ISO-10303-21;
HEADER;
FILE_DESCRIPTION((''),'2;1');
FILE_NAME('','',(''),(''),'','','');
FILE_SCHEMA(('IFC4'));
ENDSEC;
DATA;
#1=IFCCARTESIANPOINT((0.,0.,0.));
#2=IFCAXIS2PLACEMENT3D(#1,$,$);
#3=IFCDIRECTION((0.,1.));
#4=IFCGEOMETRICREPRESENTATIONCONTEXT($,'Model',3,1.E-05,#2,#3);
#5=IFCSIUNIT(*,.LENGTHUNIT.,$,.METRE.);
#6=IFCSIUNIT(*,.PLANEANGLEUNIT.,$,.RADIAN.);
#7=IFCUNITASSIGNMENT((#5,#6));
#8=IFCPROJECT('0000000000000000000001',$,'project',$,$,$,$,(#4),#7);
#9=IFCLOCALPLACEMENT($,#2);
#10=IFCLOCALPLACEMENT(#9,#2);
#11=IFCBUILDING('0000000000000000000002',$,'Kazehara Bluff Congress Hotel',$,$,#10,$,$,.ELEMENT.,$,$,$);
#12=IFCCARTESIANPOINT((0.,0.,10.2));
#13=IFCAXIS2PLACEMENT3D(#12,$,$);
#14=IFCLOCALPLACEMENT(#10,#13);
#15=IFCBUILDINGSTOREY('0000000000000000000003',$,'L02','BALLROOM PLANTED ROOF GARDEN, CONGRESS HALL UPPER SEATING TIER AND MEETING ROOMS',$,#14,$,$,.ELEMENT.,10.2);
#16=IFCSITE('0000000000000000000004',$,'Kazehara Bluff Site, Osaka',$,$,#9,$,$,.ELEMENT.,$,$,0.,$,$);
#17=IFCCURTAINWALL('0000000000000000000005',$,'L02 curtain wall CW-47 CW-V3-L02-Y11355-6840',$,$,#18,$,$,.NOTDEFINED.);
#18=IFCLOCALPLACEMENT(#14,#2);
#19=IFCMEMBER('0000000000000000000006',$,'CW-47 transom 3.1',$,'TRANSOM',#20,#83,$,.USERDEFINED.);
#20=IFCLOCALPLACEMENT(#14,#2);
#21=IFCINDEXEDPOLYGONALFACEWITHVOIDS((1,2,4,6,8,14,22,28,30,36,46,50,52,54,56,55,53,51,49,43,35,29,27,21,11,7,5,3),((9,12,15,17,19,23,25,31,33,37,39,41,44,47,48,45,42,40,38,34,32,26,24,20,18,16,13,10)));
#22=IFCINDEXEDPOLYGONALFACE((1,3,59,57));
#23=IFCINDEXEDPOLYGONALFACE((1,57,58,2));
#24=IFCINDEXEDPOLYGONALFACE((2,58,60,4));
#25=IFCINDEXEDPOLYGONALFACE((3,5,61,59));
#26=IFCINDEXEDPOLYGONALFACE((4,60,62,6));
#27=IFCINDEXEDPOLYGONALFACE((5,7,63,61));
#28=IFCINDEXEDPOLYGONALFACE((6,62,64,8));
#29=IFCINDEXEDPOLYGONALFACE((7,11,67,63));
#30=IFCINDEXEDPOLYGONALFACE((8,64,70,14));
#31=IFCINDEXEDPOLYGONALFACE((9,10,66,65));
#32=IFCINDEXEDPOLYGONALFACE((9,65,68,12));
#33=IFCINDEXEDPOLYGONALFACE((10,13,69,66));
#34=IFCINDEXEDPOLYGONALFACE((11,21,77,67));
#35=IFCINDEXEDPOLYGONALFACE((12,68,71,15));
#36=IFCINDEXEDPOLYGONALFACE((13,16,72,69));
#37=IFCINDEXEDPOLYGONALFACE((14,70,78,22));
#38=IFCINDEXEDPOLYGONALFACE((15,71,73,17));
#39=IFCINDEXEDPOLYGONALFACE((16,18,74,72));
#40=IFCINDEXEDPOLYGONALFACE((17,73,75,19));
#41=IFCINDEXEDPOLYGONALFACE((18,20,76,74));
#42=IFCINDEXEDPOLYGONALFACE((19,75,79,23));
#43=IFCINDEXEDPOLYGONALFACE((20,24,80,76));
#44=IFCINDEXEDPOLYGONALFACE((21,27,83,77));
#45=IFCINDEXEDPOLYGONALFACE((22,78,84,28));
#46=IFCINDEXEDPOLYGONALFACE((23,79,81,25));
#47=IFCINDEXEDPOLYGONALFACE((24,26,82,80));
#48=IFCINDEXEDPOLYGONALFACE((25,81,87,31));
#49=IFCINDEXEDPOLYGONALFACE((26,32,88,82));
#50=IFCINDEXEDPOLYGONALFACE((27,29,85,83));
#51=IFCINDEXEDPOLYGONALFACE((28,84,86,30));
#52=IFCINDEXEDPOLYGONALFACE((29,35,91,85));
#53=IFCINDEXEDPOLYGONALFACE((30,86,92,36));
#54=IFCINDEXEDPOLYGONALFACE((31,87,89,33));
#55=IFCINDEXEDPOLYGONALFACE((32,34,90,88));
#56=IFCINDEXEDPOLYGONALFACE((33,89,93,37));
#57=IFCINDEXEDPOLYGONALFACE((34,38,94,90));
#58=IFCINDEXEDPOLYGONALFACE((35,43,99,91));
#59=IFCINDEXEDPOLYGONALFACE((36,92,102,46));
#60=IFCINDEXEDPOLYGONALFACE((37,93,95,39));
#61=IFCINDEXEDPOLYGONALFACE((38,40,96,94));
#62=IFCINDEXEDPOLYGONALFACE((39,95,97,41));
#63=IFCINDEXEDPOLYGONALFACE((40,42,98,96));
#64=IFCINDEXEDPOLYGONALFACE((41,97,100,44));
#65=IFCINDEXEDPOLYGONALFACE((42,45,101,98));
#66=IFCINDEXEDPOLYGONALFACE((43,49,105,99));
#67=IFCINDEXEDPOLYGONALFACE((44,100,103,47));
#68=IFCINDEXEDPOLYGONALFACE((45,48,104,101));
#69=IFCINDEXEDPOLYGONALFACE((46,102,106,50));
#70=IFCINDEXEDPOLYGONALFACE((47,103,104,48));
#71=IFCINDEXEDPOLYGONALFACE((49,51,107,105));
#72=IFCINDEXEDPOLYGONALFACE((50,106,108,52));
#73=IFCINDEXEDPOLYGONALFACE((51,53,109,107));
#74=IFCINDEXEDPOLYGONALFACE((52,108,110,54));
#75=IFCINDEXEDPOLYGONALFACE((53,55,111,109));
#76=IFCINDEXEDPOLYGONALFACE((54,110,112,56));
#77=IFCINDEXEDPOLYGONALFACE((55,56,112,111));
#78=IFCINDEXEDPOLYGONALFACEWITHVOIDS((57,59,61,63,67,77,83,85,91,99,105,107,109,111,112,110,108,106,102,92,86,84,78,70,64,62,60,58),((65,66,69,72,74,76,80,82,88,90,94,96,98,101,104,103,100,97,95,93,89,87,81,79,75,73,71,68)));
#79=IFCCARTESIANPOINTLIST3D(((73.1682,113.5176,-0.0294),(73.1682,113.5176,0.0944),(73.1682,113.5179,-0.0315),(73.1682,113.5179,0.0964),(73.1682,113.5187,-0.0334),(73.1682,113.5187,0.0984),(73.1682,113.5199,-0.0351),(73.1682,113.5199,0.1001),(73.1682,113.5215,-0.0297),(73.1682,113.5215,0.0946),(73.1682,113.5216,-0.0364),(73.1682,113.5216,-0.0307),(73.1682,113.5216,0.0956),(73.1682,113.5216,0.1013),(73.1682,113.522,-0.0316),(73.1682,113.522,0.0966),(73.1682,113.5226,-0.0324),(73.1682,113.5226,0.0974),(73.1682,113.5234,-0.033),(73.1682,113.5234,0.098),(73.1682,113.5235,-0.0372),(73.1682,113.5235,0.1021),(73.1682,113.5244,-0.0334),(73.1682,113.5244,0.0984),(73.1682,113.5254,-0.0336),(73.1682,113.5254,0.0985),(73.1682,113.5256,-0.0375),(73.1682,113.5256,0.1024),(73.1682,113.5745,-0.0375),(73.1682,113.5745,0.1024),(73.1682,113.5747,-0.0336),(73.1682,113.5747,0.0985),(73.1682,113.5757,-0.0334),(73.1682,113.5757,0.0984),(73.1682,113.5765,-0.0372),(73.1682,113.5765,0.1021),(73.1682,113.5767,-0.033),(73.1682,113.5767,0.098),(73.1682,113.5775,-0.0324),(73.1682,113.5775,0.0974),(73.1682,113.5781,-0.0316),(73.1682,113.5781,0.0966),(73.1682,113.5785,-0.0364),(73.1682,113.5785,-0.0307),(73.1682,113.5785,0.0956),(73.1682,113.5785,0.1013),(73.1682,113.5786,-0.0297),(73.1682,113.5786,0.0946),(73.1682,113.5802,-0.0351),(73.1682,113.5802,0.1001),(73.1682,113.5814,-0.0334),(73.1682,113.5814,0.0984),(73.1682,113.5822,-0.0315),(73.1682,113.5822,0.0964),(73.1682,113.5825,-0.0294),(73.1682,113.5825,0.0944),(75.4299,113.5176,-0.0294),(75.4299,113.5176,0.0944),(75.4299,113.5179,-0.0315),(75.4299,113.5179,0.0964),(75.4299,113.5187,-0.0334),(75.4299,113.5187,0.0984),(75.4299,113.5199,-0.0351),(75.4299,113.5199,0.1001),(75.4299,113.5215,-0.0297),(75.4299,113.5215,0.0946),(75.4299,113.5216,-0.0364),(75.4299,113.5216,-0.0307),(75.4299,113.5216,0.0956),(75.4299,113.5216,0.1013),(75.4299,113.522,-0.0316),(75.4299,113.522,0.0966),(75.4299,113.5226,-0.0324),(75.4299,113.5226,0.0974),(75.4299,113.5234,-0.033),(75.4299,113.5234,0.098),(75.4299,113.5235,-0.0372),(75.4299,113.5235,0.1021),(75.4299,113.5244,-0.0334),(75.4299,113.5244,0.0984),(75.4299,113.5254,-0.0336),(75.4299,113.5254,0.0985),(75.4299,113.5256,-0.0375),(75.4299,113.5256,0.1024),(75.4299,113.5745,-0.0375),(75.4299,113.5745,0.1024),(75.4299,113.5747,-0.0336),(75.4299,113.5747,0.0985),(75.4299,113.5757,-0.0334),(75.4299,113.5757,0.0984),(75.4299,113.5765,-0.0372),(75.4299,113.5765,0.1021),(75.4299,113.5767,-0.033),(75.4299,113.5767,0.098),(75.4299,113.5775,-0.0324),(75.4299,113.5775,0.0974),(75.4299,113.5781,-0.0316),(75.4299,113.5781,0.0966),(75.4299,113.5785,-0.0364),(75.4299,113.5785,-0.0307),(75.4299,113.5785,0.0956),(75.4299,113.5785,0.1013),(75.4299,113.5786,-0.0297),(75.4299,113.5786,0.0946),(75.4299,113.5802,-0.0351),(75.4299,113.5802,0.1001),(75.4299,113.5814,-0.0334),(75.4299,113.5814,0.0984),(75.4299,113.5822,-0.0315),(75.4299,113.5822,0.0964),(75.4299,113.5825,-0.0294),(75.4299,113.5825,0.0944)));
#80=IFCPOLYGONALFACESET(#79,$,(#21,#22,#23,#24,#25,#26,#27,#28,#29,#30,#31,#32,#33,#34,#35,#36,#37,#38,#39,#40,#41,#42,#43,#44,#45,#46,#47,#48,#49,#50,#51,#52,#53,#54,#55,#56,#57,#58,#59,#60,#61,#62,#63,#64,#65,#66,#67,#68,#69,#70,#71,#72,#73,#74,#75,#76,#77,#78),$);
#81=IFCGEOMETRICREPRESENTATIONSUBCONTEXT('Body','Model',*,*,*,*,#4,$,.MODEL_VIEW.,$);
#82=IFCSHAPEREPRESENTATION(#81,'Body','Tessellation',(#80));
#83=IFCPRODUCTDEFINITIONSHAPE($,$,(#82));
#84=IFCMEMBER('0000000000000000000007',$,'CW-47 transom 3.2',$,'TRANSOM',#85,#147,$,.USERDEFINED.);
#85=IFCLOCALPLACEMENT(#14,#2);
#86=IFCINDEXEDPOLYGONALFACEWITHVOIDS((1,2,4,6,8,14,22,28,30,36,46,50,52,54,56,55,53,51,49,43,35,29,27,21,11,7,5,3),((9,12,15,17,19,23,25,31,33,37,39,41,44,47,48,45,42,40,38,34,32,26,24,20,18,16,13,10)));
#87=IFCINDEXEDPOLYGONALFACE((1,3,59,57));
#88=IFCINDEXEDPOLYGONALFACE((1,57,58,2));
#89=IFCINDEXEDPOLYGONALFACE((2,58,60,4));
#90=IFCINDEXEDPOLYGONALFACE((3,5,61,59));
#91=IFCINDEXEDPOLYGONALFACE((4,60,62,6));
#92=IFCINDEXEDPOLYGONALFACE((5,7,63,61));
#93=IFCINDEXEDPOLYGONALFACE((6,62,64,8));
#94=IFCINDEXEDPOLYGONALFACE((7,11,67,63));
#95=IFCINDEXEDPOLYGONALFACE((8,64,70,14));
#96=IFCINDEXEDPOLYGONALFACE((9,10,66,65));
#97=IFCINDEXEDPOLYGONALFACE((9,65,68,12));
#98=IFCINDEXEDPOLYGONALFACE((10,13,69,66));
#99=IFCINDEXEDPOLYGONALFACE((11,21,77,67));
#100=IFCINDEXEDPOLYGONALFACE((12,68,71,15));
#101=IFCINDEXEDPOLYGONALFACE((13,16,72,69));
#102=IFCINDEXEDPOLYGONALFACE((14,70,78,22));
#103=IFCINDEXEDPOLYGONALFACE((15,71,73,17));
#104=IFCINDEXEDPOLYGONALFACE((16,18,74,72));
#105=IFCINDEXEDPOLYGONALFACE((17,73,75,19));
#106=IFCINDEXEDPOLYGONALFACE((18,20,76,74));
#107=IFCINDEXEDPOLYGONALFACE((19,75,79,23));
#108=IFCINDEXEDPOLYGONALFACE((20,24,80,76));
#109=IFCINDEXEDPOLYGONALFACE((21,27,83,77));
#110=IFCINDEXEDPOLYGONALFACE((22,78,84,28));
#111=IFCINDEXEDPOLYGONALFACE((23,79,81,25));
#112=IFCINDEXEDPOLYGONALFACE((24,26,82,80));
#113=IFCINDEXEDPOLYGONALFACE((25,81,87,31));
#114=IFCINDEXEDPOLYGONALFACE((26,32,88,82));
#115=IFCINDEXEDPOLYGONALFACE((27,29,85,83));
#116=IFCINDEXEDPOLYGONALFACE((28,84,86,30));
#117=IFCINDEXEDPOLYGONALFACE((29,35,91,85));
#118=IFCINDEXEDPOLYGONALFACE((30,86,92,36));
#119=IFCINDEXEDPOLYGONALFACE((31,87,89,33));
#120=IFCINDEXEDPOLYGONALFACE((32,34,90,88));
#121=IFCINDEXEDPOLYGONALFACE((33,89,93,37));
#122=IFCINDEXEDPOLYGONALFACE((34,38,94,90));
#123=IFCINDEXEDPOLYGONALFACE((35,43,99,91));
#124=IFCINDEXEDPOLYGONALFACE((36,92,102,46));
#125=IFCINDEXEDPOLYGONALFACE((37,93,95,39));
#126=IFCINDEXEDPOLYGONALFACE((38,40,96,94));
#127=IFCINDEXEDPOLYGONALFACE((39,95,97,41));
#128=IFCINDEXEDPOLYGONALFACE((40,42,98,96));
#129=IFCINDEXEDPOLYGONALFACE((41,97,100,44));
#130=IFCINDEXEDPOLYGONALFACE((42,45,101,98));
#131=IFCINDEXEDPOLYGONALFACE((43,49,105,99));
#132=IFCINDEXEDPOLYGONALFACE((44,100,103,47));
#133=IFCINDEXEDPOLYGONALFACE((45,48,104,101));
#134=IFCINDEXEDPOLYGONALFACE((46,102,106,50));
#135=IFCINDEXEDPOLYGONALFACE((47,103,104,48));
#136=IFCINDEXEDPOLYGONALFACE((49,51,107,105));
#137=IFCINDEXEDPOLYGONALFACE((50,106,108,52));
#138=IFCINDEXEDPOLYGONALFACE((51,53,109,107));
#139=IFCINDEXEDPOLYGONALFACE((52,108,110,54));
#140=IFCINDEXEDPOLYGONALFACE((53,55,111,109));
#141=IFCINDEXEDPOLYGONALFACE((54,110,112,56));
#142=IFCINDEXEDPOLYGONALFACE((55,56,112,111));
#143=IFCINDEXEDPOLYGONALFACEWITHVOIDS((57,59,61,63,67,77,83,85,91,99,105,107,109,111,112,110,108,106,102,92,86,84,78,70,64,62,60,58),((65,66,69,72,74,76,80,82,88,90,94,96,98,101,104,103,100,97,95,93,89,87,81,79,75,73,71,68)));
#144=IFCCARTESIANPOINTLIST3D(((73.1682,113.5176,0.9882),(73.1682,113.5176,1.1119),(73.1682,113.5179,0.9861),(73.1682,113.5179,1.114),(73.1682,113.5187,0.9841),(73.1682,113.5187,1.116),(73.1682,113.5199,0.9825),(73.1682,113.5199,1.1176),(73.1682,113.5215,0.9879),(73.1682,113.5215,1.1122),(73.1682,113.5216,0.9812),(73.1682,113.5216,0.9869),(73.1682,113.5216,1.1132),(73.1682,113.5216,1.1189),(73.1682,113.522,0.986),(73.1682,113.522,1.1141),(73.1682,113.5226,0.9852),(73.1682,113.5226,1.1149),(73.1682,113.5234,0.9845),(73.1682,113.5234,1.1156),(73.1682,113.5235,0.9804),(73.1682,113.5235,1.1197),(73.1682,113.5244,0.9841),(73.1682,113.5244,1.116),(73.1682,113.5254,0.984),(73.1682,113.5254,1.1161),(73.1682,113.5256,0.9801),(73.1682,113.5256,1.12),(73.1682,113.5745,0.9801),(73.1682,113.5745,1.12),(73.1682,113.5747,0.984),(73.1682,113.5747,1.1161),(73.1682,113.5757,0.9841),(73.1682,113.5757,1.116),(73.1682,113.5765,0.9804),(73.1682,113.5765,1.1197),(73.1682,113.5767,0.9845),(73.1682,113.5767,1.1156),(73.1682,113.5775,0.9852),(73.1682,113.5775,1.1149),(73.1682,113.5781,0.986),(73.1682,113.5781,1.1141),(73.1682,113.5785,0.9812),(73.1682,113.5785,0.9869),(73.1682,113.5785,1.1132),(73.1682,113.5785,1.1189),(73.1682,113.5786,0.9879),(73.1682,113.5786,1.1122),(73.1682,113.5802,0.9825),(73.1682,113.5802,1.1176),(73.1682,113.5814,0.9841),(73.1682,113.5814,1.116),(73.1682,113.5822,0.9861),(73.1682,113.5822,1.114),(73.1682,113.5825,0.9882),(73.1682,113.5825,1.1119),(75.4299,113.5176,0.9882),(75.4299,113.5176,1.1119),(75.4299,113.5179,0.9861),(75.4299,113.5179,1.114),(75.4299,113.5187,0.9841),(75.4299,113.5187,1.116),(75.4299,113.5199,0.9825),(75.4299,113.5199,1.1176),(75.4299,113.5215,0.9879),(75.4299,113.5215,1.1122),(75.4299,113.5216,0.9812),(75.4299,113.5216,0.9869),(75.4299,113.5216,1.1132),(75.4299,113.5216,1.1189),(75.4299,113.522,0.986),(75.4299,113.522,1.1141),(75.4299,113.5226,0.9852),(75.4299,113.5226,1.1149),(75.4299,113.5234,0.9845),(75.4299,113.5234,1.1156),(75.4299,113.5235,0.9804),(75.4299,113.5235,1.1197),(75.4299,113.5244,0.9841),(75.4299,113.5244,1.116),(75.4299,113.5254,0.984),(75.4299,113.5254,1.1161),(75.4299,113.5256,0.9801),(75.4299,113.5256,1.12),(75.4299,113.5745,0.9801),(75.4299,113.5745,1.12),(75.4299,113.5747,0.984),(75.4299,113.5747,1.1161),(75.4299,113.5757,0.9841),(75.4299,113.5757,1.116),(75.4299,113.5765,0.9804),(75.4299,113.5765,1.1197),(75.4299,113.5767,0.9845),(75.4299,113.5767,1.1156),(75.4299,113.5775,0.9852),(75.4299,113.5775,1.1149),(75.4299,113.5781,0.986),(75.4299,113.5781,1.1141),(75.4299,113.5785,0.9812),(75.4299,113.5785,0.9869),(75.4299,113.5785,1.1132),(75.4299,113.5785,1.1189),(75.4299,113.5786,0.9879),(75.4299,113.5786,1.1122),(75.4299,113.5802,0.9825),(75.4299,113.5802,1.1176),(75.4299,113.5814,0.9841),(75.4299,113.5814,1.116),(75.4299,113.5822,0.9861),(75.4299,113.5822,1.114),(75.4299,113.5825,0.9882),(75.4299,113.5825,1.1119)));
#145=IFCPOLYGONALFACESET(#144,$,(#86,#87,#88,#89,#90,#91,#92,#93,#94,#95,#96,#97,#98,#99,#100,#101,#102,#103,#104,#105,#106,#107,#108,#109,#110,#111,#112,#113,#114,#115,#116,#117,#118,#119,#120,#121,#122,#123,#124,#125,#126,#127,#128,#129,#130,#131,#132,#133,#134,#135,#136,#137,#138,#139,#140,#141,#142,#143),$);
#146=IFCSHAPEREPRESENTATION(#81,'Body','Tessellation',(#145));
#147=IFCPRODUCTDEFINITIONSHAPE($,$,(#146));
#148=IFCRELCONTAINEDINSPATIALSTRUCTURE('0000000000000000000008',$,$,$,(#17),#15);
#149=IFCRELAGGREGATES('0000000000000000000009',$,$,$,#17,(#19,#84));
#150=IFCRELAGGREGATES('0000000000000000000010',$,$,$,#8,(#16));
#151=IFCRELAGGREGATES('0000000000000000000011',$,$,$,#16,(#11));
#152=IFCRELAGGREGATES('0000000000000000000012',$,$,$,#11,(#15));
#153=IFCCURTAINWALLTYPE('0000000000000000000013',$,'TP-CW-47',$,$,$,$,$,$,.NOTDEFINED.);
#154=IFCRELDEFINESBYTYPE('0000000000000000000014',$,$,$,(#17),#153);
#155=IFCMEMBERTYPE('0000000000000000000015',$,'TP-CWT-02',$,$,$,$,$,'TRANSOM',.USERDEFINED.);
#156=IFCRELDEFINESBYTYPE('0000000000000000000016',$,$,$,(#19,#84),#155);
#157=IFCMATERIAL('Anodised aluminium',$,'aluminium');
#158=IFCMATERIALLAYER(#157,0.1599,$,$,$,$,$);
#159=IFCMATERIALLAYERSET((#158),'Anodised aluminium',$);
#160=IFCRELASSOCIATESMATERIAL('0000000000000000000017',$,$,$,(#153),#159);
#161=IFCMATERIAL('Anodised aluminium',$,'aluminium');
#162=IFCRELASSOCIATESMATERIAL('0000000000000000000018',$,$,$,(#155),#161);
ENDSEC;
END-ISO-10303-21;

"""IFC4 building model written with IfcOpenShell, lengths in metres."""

from ifc_helpers import new_model, si_unit, direction, frame, origin, origin_2d, place, context, subcontext, project, spatial, hollow_rectangle, extrude, material, layer, layer_set, material_profile, profile_set, type_object, element, aggregate, save


model = new_model("IFC4")

# Units and contexts
model_context = context("Model", 3, precision=1e-05, world=origin(), true_north=direction((0.0, 1.0)))
body_context = subcontext(model_context, "Body", "Model", "MODEL_VIEW")
ifc_project = project(units=[si_unit("LENGTHUNIT", "METRE"), si_unit("PLANEANGLEUNIT", "RADIAN")], contexts=[model_context])

# Site, building, storey
site_placement = place(None, origin())
site = spatial("IfcSite", under=ifc_project, at=site_placement, Name="Kazehara Bluff Site, Osaka", CompositionType="ELEMENT", RefElevation=0.0)
building_placement = place(site_placement, origin())
building = spatial("IfcBuilding", under=site, at=building_placement, Name="Kazehara Bluff Congress Hotel", CompositionType="ELEMENT")
storey_placement = place(building_placement, frame((0.0, 0.0, 10.2)))
storey = spatial("IfcBuildingStorey", under=building, at=storey_placement, Name="L02", Description="BALLROOM PLANTED ROOF GARDEN, CONGRESS HALL UPPER SEATING TIER AND MEETING ROOMS", CompositionType="ELEMENT", Elevation=10.2)

# Curtain wall, members
ifc_material_1 = material(Name="Anodised aluminium", Category="aluminium")
ifc_layer_1 = layer(ifc_material_1, 0.1599)
ifc_layer_set_1 = layer_set([ifc_layer_1], Name="Anodised aluminium")
curtain_wall_type = type_object("IfcCurtainWallType", Name="TP-CW-47", PredefinedType="NOTDEFINED", material=ifc_layer_set_1)
curtain_wall_placement = place(storey_placement, origin())
curtain_wall = element("IfcCurtainWall", 1, at=curtain_wall_placement, inside=storey, type_object=curtain_wall_type, Name="L02 curtain wall CW-47 CW-V3-L02-Y11355-6840", PredefinedType="NOTDEFINED")
ifc_material_2 = material(Name="Anodised aluminium", Category="aluminium")
ifc_material_profile_1 = material_profile(ifc_material_2, hollow_rectangle(XDim=0.0649, YDim=0.1399, WallThickness=0.0039, InnerFilletRadius=0.0039, OuterFilletRadius=0.0081, at=origin_2d()))
ifc_profile_set_1 = profile_set([ifc_material_profile_1], Name="Anodised aluminium")
member_type_1 = type_object("IfcMemberType", Name="TP-CWT-02", ElementType="TRANSOM", PredefinedType="USERDEFINED", material=ifc_profile_set_1)
member_1_placement = place(storey_placement, frame((73.1682, 113.55, 0.0325), z_axis=(1.0, 0.0, 0.0), x_axis=(0.0, 1.0, 0.0)))
member_1 = element("IfcMember", 2, at=member_1_placement, type_object=member_type_1, Name="CW-47 transom 3.1", ObjectType="TRANSOM", PredefinedType="USERDEFINED", context=body_context, shape_type="SweptSolid", body=[
    extrude(hollow_rectangle(XDim=0.0649, YDim=0.1399, WallThickness=0.0039, InnerFilletRadius=0.0039, OuterFilletRadius=0.0081, at=origin_2d()), origin(), (0.0, 0.0, 1.0), 2.2617),
])
member_2_placement = place(storey_placement, frame((73.1682, 113.55, 1.05), z_axis=(1.0, 0.0, 0.0), x_axis=(0.0, 1.0, 0.0)))
member_2 = element("IfcMember", 3, at=member_2_placement, type_object=member_type_1, Name="CW-47 transom 3.2", ObjectType="TRANSOM", PredefinedType="USERDEFINED", context=body_context, shape_type="SweptSolid", body=[
    extrude(hollow_rectangle(XDim=0.0649, YDim=0.1399, WallThickness=0.0039, InnerFilletRadius=0.0039, OuterFilletRadius=0.0081, at=origin_2d()), origin(), (0.0, 0.0, 1.0), 2.2617),
])
aggregate(curtain_wall, [member_1, member_2])

save(model, "model.ifc")
